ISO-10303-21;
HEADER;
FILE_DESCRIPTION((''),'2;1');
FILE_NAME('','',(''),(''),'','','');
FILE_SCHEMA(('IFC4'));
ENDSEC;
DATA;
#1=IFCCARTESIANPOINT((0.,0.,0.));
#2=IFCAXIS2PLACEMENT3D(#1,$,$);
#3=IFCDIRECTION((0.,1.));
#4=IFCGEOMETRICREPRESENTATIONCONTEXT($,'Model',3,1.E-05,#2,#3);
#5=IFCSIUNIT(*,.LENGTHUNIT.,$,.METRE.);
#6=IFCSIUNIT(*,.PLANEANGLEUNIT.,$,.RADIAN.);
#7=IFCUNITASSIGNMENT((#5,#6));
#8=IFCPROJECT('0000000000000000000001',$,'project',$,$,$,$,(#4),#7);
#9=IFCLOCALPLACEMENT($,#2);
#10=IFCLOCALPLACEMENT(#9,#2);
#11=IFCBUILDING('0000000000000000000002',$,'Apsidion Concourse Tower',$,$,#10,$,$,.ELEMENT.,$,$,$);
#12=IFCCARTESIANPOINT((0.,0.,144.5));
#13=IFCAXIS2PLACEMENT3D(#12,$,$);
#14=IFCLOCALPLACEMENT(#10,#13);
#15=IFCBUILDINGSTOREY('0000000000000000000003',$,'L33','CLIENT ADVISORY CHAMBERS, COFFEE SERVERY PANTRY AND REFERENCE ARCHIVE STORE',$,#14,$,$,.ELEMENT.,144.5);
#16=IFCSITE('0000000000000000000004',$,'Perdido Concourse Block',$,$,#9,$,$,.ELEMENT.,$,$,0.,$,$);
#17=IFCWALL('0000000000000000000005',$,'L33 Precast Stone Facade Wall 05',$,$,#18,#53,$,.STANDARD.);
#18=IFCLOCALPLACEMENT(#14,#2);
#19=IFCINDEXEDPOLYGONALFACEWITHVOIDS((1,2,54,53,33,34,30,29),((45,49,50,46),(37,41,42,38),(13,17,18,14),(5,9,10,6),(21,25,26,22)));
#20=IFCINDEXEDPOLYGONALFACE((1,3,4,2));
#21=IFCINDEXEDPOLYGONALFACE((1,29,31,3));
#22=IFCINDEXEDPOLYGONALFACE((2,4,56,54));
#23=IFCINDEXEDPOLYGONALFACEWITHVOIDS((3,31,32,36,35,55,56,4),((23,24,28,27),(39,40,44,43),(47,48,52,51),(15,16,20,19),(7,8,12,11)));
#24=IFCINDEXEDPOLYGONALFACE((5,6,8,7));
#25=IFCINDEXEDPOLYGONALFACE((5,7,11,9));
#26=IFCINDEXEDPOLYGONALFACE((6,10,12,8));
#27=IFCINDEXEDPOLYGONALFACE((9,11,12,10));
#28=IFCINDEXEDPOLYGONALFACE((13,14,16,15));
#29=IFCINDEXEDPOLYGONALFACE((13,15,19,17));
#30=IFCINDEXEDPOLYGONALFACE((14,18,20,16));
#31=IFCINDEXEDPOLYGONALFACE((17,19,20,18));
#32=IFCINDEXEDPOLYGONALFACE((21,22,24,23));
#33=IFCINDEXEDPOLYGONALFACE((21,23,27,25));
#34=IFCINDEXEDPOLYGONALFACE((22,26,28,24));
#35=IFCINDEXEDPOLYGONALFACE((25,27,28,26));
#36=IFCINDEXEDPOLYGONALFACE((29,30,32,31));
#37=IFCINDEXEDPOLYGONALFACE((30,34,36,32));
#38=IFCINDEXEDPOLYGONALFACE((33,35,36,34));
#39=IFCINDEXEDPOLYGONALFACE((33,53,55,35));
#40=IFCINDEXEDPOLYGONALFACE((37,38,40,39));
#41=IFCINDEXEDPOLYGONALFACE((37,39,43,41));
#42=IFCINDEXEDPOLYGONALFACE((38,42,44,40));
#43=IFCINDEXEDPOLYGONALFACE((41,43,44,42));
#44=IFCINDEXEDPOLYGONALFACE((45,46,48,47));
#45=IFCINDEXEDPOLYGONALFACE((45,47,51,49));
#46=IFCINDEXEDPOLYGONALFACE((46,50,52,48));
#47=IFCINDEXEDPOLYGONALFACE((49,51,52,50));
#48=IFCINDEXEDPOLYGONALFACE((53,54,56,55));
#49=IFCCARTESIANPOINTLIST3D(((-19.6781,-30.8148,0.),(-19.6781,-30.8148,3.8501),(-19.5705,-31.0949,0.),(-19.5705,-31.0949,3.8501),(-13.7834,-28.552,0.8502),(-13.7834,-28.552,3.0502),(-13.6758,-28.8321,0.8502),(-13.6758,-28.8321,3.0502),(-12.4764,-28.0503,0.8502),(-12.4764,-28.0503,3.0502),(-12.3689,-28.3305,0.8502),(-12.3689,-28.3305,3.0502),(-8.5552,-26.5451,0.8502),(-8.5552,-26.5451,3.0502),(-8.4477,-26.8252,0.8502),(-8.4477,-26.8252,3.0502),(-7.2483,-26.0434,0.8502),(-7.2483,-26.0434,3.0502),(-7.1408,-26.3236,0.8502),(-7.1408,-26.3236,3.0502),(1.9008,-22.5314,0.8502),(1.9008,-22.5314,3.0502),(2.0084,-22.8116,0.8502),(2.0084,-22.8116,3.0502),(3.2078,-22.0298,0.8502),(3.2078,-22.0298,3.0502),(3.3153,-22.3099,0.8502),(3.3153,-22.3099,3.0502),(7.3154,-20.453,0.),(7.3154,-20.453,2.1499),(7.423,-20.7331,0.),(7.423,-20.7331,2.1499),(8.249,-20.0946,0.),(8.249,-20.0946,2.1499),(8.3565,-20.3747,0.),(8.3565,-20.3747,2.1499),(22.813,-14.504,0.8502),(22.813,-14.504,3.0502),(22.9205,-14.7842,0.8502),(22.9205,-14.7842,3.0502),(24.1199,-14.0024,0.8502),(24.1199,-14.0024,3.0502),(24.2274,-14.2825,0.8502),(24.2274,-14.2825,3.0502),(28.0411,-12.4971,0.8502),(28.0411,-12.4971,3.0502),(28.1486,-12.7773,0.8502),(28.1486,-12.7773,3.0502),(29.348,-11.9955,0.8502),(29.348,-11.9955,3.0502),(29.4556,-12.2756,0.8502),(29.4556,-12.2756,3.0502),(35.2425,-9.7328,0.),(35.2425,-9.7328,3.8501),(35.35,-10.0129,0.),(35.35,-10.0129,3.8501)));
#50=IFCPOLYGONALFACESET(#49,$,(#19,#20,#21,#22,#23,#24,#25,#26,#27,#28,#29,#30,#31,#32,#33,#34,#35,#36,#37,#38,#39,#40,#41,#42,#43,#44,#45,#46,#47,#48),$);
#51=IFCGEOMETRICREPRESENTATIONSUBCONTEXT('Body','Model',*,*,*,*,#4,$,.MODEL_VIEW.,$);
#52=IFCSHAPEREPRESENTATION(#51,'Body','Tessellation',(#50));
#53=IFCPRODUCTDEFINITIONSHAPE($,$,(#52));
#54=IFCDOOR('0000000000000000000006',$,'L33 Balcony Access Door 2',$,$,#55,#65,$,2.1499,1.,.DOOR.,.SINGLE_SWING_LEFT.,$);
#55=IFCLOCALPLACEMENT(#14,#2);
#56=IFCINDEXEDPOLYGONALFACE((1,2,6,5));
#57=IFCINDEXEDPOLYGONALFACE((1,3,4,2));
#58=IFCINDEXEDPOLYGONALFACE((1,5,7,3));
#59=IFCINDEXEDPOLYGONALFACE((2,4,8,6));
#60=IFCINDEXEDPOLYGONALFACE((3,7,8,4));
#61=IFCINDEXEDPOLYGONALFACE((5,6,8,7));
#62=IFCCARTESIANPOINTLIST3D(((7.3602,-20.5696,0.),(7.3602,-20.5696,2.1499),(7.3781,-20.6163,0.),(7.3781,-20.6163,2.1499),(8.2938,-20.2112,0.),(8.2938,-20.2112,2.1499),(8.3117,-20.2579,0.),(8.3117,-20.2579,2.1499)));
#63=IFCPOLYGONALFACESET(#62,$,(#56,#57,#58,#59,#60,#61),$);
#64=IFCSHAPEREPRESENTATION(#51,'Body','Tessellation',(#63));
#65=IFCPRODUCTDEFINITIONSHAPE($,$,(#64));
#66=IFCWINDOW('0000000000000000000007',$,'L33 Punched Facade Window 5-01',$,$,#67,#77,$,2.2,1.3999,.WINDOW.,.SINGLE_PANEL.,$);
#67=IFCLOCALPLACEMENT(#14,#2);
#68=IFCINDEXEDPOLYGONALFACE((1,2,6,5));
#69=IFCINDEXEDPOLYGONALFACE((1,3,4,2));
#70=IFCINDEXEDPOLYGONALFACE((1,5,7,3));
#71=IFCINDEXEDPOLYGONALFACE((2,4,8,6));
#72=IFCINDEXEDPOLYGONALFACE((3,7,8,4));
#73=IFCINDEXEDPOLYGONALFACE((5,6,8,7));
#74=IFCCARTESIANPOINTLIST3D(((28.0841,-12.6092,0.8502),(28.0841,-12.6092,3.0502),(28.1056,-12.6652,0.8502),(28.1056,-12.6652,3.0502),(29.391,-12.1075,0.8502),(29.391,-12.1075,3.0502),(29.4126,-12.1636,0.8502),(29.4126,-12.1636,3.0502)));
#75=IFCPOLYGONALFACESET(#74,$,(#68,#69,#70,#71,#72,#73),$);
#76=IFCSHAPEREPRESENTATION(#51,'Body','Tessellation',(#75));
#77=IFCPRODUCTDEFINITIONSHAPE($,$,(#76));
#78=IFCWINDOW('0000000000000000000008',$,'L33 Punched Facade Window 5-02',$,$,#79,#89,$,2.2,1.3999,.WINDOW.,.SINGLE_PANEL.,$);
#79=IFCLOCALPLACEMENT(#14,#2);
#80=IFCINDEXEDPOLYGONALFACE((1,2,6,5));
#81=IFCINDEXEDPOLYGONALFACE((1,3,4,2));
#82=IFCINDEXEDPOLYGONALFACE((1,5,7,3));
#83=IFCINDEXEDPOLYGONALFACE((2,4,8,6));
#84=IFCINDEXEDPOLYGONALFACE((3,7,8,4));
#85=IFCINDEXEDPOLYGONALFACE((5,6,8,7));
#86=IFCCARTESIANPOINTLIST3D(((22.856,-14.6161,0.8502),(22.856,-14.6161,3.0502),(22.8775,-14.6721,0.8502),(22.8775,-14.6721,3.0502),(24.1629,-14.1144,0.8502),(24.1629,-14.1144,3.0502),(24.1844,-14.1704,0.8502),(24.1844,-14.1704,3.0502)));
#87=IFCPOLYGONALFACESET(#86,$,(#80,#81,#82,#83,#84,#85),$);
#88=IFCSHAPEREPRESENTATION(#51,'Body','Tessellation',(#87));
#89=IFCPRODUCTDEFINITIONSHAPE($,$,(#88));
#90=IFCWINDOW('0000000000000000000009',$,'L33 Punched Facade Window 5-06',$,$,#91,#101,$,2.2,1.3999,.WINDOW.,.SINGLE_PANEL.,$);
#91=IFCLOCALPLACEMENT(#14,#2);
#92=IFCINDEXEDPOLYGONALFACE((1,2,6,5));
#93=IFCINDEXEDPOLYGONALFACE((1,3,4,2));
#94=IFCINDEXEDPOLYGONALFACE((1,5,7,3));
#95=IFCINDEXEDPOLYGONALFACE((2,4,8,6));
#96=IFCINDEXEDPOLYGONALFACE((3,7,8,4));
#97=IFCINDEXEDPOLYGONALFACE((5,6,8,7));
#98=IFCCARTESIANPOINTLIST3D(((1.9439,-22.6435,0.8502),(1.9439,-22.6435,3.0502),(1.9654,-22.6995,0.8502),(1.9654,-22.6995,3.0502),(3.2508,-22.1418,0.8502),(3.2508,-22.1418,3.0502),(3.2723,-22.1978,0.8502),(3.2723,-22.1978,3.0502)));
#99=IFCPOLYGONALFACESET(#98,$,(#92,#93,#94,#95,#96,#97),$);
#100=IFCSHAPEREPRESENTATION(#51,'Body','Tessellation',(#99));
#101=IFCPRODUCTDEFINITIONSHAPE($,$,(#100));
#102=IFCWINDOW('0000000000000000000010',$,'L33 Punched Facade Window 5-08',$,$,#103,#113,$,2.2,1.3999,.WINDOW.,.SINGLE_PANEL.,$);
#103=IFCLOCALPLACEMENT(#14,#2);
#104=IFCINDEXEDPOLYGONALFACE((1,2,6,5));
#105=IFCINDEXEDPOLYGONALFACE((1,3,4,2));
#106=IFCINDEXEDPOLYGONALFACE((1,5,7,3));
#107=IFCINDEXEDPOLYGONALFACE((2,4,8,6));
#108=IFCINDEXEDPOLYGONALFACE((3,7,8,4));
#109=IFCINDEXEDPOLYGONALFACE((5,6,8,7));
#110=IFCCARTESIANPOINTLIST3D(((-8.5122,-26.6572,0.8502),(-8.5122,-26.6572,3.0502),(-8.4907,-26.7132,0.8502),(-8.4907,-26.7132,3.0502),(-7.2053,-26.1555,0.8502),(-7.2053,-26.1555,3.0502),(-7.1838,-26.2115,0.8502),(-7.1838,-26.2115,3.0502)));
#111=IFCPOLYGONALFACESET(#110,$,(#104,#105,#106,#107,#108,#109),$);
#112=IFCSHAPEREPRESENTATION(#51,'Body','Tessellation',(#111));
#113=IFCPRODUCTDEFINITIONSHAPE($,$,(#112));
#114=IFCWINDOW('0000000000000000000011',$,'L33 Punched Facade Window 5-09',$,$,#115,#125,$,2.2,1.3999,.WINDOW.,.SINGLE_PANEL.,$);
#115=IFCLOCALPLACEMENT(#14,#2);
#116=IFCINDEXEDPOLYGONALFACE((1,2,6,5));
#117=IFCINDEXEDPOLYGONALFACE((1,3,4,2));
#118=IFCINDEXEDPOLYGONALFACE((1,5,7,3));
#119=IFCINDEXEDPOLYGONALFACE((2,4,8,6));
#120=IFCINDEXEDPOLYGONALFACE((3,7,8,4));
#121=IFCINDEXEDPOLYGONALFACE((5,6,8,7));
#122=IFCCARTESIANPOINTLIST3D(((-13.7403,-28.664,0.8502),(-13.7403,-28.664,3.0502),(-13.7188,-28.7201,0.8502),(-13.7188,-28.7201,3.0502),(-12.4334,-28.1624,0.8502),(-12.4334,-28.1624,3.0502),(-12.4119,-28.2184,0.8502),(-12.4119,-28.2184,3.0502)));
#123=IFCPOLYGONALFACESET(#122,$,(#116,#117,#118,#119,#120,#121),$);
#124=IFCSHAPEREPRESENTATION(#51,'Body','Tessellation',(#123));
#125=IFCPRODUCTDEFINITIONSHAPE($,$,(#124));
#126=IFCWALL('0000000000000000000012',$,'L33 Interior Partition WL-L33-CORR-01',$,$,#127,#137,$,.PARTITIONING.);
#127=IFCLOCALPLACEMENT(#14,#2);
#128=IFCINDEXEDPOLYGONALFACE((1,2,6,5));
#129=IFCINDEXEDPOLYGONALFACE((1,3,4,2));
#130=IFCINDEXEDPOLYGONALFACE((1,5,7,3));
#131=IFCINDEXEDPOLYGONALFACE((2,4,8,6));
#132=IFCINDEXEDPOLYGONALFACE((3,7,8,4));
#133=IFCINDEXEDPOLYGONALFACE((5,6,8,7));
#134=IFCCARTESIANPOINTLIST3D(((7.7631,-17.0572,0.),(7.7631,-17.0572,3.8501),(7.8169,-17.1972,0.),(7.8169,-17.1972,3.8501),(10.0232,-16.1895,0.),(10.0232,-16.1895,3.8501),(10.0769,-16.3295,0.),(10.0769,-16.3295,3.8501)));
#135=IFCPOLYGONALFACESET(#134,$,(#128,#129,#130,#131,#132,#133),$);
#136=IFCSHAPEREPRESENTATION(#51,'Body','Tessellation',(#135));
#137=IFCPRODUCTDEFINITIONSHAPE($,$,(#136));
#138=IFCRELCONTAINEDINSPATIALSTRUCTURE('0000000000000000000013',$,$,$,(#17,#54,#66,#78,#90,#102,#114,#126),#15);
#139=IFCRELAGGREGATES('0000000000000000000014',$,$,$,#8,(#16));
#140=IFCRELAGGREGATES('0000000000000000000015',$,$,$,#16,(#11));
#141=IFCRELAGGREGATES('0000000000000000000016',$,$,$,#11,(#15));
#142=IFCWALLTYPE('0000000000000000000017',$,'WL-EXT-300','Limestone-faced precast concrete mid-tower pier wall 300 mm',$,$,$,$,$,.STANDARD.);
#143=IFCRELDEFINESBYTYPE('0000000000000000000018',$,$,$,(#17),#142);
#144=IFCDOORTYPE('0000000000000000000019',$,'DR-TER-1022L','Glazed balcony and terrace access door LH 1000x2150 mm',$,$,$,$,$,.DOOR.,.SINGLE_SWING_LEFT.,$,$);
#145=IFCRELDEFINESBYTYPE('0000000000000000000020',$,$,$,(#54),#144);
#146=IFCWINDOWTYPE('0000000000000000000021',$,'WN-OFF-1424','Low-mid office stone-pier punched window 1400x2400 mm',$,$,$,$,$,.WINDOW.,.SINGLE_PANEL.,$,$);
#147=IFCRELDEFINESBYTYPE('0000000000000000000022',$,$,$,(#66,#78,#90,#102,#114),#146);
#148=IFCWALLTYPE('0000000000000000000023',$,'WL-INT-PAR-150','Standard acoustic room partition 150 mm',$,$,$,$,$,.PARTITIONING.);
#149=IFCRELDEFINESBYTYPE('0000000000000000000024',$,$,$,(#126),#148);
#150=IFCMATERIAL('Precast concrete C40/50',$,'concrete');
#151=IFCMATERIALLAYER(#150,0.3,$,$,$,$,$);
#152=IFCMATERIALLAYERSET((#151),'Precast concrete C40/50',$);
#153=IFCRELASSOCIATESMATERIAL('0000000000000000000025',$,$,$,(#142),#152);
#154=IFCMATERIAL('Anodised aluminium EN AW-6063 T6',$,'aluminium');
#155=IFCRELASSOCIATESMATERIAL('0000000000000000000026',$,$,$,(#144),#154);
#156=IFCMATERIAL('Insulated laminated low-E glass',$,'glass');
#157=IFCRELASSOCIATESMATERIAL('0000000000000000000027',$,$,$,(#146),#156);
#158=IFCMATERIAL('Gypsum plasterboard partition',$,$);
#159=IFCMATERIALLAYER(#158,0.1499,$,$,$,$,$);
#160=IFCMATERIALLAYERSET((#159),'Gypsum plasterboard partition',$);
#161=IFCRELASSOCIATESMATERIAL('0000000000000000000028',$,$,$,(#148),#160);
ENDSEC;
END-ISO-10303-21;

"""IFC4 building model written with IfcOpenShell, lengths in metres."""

from ifc_helpers import new_model, si_unit, direction, frame, frame_2d, origin, place, context, subcontext, project, spatial, rectangle, extrude, material, layer, layer_set, type_object, element, fill, save


model = new_model("IFC4")

# Units and contexts
model_context = context("Model", 3, precision=1e-05, world=origin(), true_north=direction((0.0, 1.0)))
body_context = subcontext(model_context, "Body", "Model", "MODEL_VIEW")
ifc_project = project(units=[si_unit("LENGTHUNIT", "METRE"), si_unit("PLANEANGLEUNIT", "RADIAN")], contexts=[model_context])

# Site, building, storey
site_placement = place(None, origin())
site = spatial("IfcSite", under=ifc_project, at=site_placement, Name="Perdido Concourse Block", CompositionType="ELEMENT", RefElevation=0.0)
building_placement = place(site_placement, origin())
building = spatial("IfcBuilding", under=site, at=building_placement, Name="Apsidion Concourse Tower", CompositionType="ELEMENT")
storey_placement = place(building_placement, frame((0.0, 0.0, 144.5)))
storey = spatial("IfcBuildingStorey", under=building, at=storey_placement, Name="L33", Description="CLIENT ADVISORY CHAMBERS, COFFEE SERVERY PANTRY AND REFERENCE ARCHIVE STORE", CompositionType="ELEMENT", Elevation=144.5)

# Shared definitions
ifc_material_1 = material(Name="Precast concrete C40/50", Category="concrete")
ifc_layer_1 = layer(ifc_material_1, 0.3)
ifc_layer_set_1 = layer_set([ifc_layer_1], Name="Precast concrete C40/50")
wall_type_1 = type_object("IfcWallType", Name="WL-EXT-300", Description="Limestone-faced precast concrete mid-tower pier wall 300 mm", PredefinedType="STANDARD", material=ifc_layer_set_1)

# Wall, openings, door, windows
wall_1_placement = place(storey_placement, frame((35.2964, -9.8728, 0.0), z_axis=(0.0, 0.0, 1.0), x_axis=(-0.933581, -0.358367, 0.0)))
wall_1 = element("IfcWall", 1, at=wall_1_placement, inside=storey, type_object=wall_type_1, Name="L33 Precast Stone Facade Wall 05", PredefinedType="STANDARD", context=body_context, shape_type="SweptSolid", body=[
    extrude(rectangle(XDim=58.8279, YDim=0.3, at=frame_2d((29.4141, 0.0))), origin(), (0.0, 0.0, 1.0), 3.8501),
])
opening_1_placement = place(wall_1_placement, frame((28.9141, 0.0, 0.0)))
opening_1 = element("IfcOpeningElement", 2, at=opening_1_placement, cuts=wall_1, PredefinedType="OPENING", context=body_context, shape_type="SweptSolid", body=[
    extrude(rectangle(XDim=1.0, YDim=2.1499, at=frame_2d((0.5, 1.075))), frame((0.0, 0.1602, 0.0), z_axis=(0.0, -1.0, 0.0), x_axis=(1.0, 0.0, 0.0)), (0.0, 0.0, 1.0), 0.3201),
])
opening_2_placement = place(wall_1_placement, frame((6.314, 0.0, 0.8501)))
opening_2 = element("IfcOpeningElement", 3, at=opening_2_placement, cuts=wall_1, PredefinedType="OPENING", context=body_context, shape_type="SweptSolid", body=[
    extrude(rectangle(XDim=1.3999, YDim=2.2, at=frame_2d((0.7, 1.1001))), frame((0.0, 0.1602, 0.0), z_axis=(0.0, -1.0, 0.0), x_axis=(1.0, 0.0, 0.0)), (0.0, 0.0, 1.0), 0.3201),
])
opening_3_placement = place(wall_1_placement, frame((11.9141, 0.0, 0.8501)))
opening_3 = element("IfcOpeningElement", 4, at=opening_3_placement, cuts=wall_1, PredefinedType="OPENING", context=body_context, shape_type="SweptSolid", body=[
    extrude(rectangle(XDim=1.3999, YDim=2.2, at=frame_2d((0.7, 1.1001))), frame((0.0, 0.1602, 0.0), z_axis=(0.0, -1.0, 0.0), x_axis=(1.0, 0.0, 0.0)), (0.0, 0.0, 1.0), 0.3201),
])
opening_4_placement = place(wall_1_placement, frame((34.314, 0.0, 0.8501)))
opening_4 = element("IfcOpeningElement", 5, at=opening_4_placement, cuts=wall_1, PredefinedType="OPENING", context=body_context, shape_type="SweptSolid", body=[
    extrude(rectangle(XDim=1.3999, YDim=2.2, at=frame_2d((0.7, 1.1001))), frame((0.0, 0.1602, 0.0), z_axis=(0.0, -1.0, 0.0), x_axis=(1.0, 0.0, 0.0)), (0.0, 0.0, 1.0), 0.3201),
])
opening_5_placement = place(wall_1_placement, frame((45.5139, 0.0, 0.8501)))
opening_5 = element("IfcOpeningElement", 6, at=opening_5_placement, cuts=wall_1, PredefinedType="OPENING", context=body_context, shape_type="SweptSolid", body=[
    extrude(rectangle(XDim=1.3999, YDim=2.2, at=frame_2d((0.7, 1.1001))), frame((0.0, 0.1602, 0.0), z_axis=(0.0, -1.0, 0.0), x_axis=(1.0, 0.0, 0.0)), (0.0, 0.0, 1.0), 0.3201),
])
opening_6_placement = place(wall_1_placement, frame((51.114, 0.0, 0.8501)))
opening_6 = element("IfcOpeningElement", 7, at=opening_6_placement, cuts=wall_1, PredefinedType="OPENING", context=body_context, shape_type="SweptSolid", body=[
    extrude(rectangle(XDim=1.3999, YDim=2.2, at=frame_2d((0.7, 1.1001))), frame((0.0, 0.1602, 0.0), z_axis=(0.0, -1.0, 0.0), x_axis=(1.0, 0.0, 0.0)), (0.0, 0.0, 1.0), 0.3201),
])
ifc_material_2 = material(Name="Anodised aluminium EN AW-6063 T6", Category="aluminium")
door_type_1 = type_object("IfcDoorType", Name="DR-TER-1022L", Description="Glazed balcony and terrace access door LH 1000x2150 mm", OperationType="SINGLE_SWING_LEFT", PredefinedType="DOOR", material=ifc_material_2)
door_1_placement = place(opening_1_placement, origin())
door_1 = element("IfcDoor", 8, at=door_1_placement, inside=storey, type_object=door_type_1, Name="L33 Balcony Access Door 2", OperationType="SINGLE_SWING_LEFT", OverallHeight=2.1499, OverallWidth=1.0, PredefinedType="DOOR", context=body_context, shape_type="SweptSolid", body=[
    extrude(rectangle(XDim=1.0, YDim=2.1499, at=frame_2d((0.5, 1.075))), frame((0.0, 0.0249, 0.0), z_axis=(0.0, -1.0, 0.0), x_axis=(1.0, 0.0, 0.0)), (0.0, 0.0, 1.0), 0.05),
])
fill(opening_1, door_1)
ifc_material_3 = material(Name="Insulated laminated low-E glass", Category="glass")
window_type = type_object("IfcWindowType", Name="WN-OFF-1424", Description="Low-mid office stone-pier punched window 1400x2400 mm", PartitioningType="SINGLE_PANEL", PredefinedType="WINDOW", material=ifc_material_3)
window_1_placement = place(opening_2_placement, origin())
window_1 = element("IfcWindow", 9, at=window_1_placement, inside=storey, type_object=window_type, Name="L33 Punched Facade Window 5-01", OverallHeight=2.2, OverallWidth=1.3999, PartitioningType="SINGLE_PANEL", PredefinedType="WINDOW", context=body_context, shape_type="SweptSolid", body=[
    extrude(rectangle(XDim=1.3999, YDim=2.2, at=frame_2d((0.7, 1.1001))), frame((0.0, 0.03, 0.0), z_axis=(0.0, -1.0, 0.0), x_axis=(1.0, 0.0, 0.0)), (0.0, 0.0, 1.0), 0.0601),
])
fill(opening_2, window_1)
window_2_placement = place(opening_3_placement, origin())
window_2 = element("IfcWindow", 10, at=window_2_placement, inside=storey, type_object=window_type, Name="L33 Punched Facade Window 5-02", OverallHeight=2.2, OverallWidth=1.3999, PartitioningType="SINGLE_PANEL", PredefinedType="WINDOW", context=body_context, shape_type="SweptSolid", body=[
    extrude(rectangle(XDim=1.3999, YDim=2.2, at=frame_2d((0.7, 1.1001))), frame((0.0, 0.03, 0.0), z_axis=(0.0, -1.0, 0.0), x_axis=(1.0, 0.0, 0.0)), (0.0, 0.0, 1.0), 0.0601),
])
fill(opening_3, window_2)
window_3_placement = place(opening_4_placement, origin())
window_3 = element("IfcWindow", 11, at=window_3_placement, inside=storey, type_object=window_type, Name="L33 Punched Facade Window 5-06", OverallHeight=2.2, OverallWidth=1.3999, PartitioningType="SINGLE_PANEL", PredefinedType="WINDOW", context=body_context, shape_type="SweptSolid", body=[
    extrude(rectangle(XDim=1.3999, YDim=2.2, at=frame_2d((0.7, 1.1001))), frame((0.0, 0.03, 0.0), z_axis=(0.0, -1.0, 0.0), x_axis=(1.0, 0.0, 0.0)), (0.0, 0.0, 1.0), 0.0601),
])
fill(opening_4, window_3)
window_4_placement = place(opening_5_placement, origin())
window_4 = element("IfcWindow", 12, at=window_4_placement, inside=storey, type_object=window_type, Name="L33 Punched Facade Window 5-08", OverallHeight=2.2, OverallWidth=1.3999, PartitioningType="SINGLE_PANEL", PredefinedType="WINDOW", context=body_context, shape_type="SweptSolid", body=[
    extrude(rectangle(XDim=1.3999, YDim=2.2, at=frame_2d((0.7, 1.1001))), frame((0.0, 0.03, 0.0), z_axis=(0.0, -1.0, 0.0), x_axis=(1.0, 0.0, 0.0)), (0.0, 0.0, 1.0), 0.0601),
])
fill(opening_5, window_4)
window_5_placement = place(opening_6_placement, origin())
window_5 = element("IfcWindow", 13, at=window_5_placement, inside=storey, type_object=window_type, Name="L33 Punched Facade Window 5-09", OverallHeight=2.2, OverallWidth=1.3999, PartitioningType="SINGLE_PANEL", PredefinedType="WINDOW", context=body_context, shape_type="SweptSolid", body=[
    extrude(rectangle(XDim=1.3999, YDim=2.2, at=frame_2d((0.7, 1.1001))), frame((0.0, 0.03, 0.0), z_axis=(0.0, -1.0, 0.0), x_axis=(1.0, 0.0, 0.0)), (0.0, 0.0, 1.0), 0.0601),
])
fill(opening_6, window_5)

# Wall
ifc_material_4 = material(Name="Gypsum plasterboard partition")
ifc_layer_2 = layer(ifc_material_4, 0.1499)
ifc_layer_set_2 = layer_set([ifc_layer_2], Name="Gypsum plasterboard partition")
wall_type_2 = type_object("IfcWallType", Name="WL-INT-PAR-150", Description="Standard acoustic room partition 150 mm", PredefinedType="PARTITIONING", material=ifc_layer_set_2)
wall_2_placement = place(storey_placement, frame((10.05, -16.2595, 0.0), z_axis=(0.0, 0.0, 1.0), x_axis=(-0.933561, -0.358418, 0.0)))
element("IfcWall", 14, at=wall_2_placement, inside=storey, type_object=wall_type_2, Name="L33 Interior Partition WL-L33-CORR-01", PredefinedType="PARTITIONING", context=body_context, shape_type="SweptSolid", body=[
    extrude(rectangle(XDim=2.4209, YDim=0.1499, at=frame_2d((1.2104, 0.0))), origin(), (0.0, 0.0, 1.0), 3.8501),
])

save(model, "model.ifc")
